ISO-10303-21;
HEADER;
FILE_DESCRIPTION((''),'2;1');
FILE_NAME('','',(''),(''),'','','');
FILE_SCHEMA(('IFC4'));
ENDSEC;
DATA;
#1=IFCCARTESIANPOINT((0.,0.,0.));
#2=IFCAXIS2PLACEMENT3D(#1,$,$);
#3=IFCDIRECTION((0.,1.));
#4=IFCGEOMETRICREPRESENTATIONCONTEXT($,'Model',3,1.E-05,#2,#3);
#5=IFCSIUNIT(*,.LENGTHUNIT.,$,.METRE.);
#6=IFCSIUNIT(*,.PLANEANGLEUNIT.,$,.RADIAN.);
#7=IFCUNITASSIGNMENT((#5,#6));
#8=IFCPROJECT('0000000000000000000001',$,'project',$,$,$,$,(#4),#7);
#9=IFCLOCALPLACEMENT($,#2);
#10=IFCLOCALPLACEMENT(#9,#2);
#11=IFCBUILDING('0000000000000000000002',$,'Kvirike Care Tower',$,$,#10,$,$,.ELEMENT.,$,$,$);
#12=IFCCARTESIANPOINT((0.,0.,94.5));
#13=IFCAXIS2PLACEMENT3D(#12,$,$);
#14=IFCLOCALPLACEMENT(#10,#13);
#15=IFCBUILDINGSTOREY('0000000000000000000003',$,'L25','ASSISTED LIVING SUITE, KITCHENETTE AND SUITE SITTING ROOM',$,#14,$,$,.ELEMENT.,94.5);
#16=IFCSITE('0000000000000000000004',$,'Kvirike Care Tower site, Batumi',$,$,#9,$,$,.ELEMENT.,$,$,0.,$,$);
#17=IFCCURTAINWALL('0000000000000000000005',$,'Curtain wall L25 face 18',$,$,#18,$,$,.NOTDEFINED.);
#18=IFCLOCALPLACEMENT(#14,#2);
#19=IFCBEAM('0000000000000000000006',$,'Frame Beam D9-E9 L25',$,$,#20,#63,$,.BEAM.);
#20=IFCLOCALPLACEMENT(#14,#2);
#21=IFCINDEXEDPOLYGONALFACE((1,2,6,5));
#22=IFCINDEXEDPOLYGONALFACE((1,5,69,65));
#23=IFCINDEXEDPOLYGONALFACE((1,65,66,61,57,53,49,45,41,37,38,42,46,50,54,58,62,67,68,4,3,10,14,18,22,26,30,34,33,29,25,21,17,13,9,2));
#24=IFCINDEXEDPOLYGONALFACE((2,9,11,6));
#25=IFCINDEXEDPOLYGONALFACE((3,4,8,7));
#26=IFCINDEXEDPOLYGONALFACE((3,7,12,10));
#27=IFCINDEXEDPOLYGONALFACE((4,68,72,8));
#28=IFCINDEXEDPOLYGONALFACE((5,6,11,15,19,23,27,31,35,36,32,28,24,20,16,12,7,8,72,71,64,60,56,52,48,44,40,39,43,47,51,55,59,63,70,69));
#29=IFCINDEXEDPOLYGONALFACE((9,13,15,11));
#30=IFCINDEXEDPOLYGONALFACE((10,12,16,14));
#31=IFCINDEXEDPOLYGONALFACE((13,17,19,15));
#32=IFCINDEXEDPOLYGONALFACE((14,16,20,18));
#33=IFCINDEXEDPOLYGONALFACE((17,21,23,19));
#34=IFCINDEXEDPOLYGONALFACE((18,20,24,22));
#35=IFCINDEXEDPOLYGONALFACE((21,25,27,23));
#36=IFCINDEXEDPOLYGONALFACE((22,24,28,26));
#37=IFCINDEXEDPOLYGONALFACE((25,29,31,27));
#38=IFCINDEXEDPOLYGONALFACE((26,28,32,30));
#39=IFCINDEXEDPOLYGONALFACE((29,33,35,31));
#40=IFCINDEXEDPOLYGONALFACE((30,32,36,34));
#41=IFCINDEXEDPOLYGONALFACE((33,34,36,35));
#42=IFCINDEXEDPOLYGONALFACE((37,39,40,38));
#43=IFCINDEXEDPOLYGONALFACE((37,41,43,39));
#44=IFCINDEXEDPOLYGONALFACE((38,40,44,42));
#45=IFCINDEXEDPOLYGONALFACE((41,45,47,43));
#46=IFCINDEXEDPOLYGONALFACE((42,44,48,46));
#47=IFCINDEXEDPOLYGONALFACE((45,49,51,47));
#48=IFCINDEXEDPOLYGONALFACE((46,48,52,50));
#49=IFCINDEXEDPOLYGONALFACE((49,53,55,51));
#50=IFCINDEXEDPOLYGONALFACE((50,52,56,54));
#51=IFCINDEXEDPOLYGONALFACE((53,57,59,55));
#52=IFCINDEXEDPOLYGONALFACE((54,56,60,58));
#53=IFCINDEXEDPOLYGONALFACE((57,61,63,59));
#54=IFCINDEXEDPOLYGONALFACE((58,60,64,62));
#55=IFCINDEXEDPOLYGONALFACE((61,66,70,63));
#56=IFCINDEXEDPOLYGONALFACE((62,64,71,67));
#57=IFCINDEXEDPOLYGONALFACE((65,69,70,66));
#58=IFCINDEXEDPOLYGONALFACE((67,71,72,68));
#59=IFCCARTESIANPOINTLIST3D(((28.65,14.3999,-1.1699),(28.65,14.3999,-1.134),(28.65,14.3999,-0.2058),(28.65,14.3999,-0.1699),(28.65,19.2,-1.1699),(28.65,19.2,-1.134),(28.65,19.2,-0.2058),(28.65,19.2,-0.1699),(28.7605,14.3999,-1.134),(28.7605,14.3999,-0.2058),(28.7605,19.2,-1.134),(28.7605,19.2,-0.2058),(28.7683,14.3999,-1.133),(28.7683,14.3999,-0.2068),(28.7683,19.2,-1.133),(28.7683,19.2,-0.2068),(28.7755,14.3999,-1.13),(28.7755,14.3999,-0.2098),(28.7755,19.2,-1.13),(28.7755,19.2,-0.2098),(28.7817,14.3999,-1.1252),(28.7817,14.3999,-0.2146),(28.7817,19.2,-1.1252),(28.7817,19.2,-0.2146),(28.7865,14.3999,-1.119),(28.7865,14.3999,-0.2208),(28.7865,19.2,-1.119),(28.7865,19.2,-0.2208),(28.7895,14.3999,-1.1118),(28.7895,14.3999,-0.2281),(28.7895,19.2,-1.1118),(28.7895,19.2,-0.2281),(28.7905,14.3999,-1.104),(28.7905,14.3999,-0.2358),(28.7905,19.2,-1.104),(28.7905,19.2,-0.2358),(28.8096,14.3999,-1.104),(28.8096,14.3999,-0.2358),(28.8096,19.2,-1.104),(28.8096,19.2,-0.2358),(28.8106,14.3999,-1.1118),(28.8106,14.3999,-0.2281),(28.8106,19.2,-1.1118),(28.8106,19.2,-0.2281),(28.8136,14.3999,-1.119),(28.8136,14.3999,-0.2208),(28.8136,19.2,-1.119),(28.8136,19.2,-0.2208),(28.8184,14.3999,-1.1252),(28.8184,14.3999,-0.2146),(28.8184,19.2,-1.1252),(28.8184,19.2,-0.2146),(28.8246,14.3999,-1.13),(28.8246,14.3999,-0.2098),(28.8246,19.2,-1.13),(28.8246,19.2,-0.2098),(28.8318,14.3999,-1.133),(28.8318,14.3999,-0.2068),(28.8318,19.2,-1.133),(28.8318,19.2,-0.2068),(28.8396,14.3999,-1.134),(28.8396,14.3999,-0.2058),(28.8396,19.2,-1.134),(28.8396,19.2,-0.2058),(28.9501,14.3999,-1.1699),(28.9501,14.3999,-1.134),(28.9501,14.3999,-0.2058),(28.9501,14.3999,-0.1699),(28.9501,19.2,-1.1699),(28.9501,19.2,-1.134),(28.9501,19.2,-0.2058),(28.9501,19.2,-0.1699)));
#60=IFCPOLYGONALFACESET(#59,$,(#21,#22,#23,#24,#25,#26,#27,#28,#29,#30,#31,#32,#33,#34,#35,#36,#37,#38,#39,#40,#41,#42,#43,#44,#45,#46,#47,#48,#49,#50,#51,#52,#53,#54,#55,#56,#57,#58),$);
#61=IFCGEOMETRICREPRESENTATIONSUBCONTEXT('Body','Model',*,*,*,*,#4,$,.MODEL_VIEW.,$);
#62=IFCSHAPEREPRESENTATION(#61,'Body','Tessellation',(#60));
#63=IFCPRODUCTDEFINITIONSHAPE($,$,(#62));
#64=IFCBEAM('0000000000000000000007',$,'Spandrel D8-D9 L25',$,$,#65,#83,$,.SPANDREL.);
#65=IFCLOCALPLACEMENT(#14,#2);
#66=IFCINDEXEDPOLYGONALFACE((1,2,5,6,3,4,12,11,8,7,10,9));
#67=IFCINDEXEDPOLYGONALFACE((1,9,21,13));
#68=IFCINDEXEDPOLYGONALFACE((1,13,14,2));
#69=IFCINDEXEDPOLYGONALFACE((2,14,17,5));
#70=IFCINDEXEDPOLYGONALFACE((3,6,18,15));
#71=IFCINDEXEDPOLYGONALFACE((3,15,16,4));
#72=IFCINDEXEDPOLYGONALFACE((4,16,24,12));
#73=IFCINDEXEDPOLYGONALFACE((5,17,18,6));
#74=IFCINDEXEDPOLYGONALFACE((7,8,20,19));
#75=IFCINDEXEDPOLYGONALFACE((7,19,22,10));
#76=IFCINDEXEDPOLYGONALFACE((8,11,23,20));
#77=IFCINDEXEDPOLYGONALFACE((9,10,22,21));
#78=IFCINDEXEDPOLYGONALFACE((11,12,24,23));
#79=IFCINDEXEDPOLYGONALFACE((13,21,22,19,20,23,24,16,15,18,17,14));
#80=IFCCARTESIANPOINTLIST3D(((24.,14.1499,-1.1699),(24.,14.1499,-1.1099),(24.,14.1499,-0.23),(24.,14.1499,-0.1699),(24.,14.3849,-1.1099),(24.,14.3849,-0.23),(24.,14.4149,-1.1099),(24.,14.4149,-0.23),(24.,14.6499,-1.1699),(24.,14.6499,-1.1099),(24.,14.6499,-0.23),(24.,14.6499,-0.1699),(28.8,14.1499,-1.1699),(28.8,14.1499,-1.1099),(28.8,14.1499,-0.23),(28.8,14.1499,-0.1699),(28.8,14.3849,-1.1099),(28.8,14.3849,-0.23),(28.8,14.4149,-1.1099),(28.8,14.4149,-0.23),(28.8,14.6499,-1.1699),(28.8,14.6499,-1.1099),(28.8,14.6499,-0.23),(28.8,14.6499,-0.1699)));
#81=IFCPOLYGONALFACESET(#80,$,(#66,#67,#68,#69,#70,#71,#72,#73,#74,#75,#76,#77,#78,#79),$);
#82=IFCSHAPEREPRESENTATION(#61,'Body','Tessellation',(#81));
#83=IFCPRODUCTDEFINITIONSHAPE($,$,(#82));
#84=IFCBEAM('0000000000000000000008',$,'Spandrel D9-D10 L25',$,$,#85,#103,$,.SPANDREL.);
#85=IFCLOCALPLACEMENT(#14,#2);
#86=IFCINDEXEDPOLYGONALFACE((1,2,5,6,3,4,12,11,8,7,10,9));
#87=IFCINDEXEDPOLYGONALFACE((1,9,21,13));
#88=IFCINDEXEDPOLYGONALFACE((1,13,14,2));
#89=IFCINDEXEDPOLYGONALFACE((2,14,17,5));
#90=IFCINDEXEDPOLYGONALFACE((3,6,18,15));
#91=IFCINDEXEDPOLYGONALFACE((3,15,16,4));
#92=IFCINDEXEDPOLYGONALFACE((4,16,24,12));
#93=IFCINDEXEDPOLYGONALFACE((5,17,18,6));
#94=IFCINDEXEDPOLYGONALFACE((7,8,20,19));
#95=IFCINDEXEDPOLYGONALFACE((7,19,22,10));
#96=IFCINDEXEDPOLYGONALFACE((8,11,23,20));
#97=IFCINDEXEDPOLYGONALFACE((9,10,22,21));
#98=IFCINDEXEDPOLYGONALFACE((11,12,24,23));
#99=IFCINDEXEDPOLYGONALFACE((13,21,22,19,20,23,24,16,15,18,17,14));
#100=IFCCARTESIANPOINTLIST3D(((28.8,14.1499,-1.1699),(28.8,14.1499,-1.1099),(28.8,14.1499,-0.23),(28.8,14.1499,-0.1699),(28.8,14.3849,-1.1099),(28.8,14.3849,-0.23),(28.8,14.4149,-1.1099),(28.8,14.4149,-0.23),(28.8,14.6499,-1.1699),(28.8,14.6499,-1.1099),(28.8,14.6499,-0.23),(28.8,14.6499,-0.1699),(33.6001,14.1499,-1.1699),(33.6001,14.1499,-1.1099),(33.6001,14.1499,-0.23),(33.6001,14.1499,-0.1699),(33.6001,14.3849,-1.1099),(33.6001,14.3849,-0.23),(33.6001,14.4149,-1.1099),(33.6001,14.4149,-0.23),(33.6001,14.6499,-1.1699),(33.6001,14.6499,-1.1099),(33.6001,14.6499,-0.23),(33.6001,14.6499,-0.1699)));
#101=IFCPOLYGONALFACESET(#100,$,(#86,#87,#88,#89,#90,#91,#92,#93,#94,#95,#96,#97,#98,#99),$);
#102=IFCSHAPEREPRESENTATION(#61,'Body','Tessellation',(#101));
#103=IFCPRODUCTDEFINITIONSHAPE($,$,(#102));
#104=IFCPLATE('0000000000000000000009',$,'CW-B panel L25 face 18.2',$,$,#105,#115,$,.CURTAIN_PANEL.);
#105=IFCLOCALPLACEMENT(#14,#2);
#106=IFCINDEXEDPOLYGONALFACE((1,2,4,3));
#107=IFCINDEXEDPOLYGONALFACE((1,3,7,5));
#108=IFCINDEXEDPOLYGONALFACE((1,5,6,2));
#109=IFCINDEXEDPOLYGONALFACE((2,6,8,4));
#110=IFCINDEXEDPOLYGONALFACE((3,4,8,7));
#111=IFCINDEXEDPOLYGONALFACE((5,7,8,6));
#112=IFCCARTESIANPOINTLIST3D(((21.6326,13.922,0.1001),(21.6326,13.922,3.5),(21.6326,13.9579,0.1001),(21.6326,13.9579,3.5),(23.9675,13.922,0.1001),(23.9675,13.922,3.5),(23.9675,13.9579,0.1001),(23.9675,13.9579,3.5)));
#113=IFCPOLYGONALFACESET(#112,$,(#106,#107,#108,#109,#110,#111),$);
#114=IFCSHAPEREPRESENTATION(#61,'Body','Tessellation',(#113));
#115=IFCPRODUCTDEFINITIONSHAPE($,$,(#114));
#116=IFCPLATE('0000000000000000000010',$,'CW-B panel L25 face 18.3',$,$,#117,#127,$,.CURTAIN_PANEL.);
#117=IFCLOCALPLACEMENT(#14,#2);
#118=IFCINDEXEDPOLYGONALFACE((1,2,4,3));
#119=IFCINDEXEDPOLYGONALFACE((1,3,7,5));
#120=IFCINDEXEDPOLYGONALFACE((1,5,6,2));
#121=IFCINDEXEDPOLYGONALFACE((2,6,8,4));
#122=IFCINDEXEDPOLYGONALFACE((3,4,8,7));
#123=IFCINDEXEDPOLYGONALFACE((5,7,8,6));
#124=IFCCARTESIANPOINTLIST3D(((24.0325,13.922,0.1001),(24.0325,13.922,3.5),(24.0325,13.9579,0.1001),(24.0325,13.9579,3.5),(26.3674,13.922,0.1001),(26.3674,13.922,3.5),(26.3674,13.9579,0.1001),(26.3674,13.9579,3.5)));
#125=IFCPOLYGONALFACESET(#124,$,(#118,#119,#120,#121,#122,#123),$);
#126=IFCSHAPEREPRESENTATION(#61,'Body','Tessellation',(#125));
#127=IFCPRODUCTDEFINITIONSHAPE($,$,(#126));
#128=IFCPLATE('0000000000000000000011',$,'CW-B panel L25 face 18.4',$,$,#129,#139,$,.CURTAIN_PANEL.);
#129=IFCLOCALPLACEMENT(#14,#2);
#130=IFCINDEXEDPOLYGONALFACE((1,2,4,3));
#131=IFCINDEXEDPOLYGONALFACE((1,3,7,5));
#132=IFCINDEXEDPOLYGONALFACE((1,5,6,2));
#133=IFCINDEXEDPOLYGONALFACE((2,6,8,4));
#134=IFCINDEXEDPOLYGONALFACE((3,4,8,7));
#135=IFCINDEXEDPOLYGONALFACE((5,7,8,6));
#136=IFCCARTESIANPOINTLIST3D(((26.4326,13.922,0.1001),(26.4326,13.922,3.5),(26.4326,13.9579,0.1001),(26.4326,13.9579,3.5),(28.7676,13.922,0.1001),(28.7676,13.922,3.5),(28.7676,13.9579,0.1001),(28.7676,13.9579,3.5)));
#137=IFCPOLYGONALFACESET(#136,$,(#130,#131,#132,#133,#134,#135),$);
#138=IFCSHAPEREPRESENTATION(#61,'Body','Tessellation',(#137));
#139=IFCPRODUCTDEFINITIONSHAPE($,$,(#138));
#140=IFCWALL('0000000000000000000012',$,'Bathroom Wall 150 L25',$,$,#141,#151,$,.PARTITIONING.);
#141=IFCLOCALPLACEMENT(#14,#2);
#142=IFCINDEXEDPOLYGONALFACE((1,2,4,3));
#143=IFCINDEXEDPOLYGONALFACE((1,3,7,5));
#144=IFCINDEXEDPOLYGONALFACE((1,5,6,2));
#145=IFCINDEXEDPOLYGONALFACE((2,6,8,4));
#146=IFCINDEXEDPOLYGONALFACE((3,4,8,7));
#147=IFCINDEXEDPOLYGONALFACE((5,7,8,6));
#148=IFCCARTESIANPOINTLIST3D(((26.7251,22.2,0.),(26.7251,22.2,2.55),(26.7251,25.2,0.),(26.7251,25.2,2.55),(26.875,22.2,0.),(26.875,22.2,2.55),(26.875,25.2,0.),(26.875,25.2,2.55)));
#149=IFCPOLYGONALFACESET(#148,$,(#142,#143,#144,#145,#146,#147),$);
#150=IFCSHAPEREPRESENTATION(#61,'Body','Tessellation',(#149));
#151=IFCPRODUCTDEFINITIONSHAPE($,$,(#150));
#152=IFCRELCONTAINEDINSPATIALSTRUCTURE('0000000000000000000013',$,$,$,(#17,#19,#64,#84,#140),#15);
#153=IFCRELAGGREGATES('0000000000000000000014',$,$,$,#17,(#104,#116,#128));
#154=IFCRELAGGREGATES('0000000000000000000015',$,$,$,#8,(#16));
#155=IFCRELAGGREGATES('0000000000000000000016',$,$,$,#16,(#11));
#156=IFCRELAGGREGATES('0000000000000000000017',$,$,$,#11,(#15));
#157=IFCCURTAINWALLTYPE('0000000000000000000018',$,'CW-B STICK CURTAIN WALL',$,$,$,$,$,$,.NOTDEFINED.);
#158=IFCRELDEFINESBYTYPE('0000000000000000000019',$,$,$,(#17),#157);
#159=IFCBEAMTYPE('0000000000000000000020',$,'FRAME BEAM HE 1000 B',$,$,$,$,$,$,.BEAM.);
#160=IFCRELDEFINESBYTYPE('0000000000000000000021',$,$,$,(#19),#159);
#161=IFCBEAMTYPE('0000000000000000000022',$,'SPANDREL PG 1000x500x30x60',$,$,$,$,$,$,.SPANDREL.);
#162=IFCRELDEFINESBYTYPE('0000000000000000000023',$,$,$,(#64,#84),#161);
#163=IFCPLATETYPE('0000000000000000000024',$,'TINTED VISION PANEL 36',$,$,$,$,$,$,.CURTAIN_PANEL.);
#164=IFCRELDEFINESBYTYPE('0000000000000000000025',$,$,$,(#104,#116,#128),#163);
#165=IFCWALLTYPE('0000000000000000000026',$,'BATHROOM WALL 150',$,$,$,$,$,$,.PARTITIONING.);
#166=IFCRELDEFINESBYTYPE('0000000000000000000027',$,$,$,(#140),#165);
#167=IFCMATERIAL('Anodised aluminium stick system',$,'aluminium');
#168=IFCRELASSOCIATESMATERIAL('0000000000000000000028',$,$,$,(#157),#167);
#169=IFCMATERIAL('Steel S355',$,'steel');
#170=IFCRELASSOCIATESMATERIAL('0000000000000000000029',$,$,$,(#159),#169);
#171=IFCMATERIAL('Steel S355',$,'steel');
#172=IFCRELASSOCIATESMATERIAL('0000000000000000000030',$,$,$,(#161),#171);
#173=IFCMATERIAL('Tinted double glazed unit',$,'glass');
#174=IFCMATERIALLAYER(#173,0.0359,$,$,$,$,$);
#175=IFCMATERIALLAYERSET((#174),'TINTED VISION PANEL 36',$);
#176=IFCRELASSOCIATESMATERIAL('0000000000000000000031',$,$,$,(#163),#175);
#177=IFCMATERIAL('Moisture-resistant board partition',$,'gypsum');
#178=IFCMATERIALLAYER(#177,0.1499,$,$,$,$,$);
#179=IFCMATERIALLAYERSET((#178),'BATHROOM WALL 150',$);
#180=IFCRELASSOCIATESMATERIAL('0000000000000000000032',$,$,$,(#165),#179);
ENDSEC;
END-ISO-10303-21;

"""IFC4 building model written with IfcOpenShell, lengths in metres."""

from ifc_helpers import new_model, si_unit, direction, frame, frame_2d, origin, origin_2d, place, context, subcontext, project, spatial, rectangle, i_section, extrude, material, layer, layer_set, material_profile, profile_set, type_object, element, aggregate, save


model = new_model("IFC4")

# Units and contexts
model_context = context("Model", 3, precision=1e-05, world=origin(), true_north=direction((0.0, 1.0)))
body_context = subcontext(model_context, "Body", "Model", "MODEL_VIEW")
ifc_project = project(units=[si_unit("LENGTHUNIT", "METRE"), si_unit("PLANEANGLEUNIT", "RADIAN")], contexts=[model_context])

# Site, building, storey
site_placement = place(None, origin())
site = spatial("IfcSite", under=ifc_project, at=site_placement, Name="Kvirike Care Tower site, Batumi", CompositionType="ELEMENT", RefElevation=0.0)
building_placement = place(site_placement, origin())
building = spatial("IfcBuilding", under=site, at=building_placement, Name="Kvirike Care Tower", CompositionType="ELEMENT")
storey_placement = place(building_placement, frame((0.0, 0.0, 94.5)))
storey = spatial("IfcBuildingStorey", under=building, at=storey_placement, Name="L25", Description="ASSISTED LIVING SUITE, KITCHENETTE AND SUITE SITTING ROOM", CompositionType="ELEMENT", Elevation=94.5)

# Curtain wall
ifc_material_1 = material(Name="Anodised aluminium stick system", Category="aluminium")
curtain_wall_type = type_object("IfcCurtainWallType", Name="CW-B STICK CURTAIN WALL", PredefinedType="NOTDEFINED", material=ifc_material_1)
curtain_wall_placement = place(storey_placement, origin())
curtain_wall = element("IfcCurtainWall", 1, at=curtain_wall_placement, inside=storey, type_object=curtain_wall_type, Name="Curtain wall L25 face 18", PredefinedType="NOTDEFINED")

# Beams
ifc_material_2 = material(Name="Steel S355", Category="steel")
ifc_material_profile_1 = material_profile(ifc_material_2, i_section(OverallWidth=0.3, OverallDepth=1.0, WebThickness=0.019, FlangeThickness=0.0359, FilletRadius=0.03, at=origin_2d()), Name="HE 1000 B")
ifc_profile_set_1 = profile_set([ifc_material_profile_1], Name="Steel S355")
beam_type_1 = type_object("IfcBeamType", Name="FRAME BEAM HE 1000 B", PredefinedType="BEAM", material=ifc_profile_set_1)
beam_placement = place(storey_placement, frame((28.8, 14.3999, -0.6699), z_axis=(0.0, 1.0, 0.0), x_axis=(-1.0, 0.0, 0.0)))
element("IfcBeam", 2, at=beam_placement, inside=storey, type_object=beam_type_1, Name="Frame Beam D9-E9 L25", PredefinedType="BEAM", context=body_context, shape_type="SweptSolid", body=[
    extrude(i_section(OverallWidth=0.3, OverallDepth=1.0, WebThickness=0.019, FlangeThickness=0.0359, FilletRadius=0.03, at=origin_2d()), origin(), (0.0, 0.0, 1.0), 4.8),
])
ifc_material_3 = material(Name="Steel S355", Category="steel")
ifc_material_profile_2 = material_profile(ifc_material_3, i_section(OverallWidth=0.5, OverallDepth=1.0, WebThickness=0.03, FlangeThickness=0.0601, at=origin_2d()), Name="PG 1000x500x30x60")
ifc_profile_set_2 = profile_set([ifc_material_profile_2], Name="Steel S355")
beam_type_2 = type_object("IfcBeamType", Name="SPANDREL PG 1000x500x30x60", PredefinedType="SPANDREL", material=ifc_profile_set_2)
for number, where, z_axis, x_axis, name in (
    (3, (24.0, 14.3999, -0.6699), (1.0, 0.0, 0.0), (0.0, 1.0, 0.0), "Spandrel D8-D9 L25"),
    (4, (28.8, 14.3999, -0.6699), (1.0, 0.0, 0.0), (0.0, 1.0, 0.0), "Spandrel D9-D10 L25"),
):
    element("IfcBeam", number, at=place(storey_placement, frame(where, z_axis=z_axis, x_axis=x_axis)), inside=storey, type_object=beam_type_2, Name=name, PredefinedType="SPANDREL", context=body_context, shape_type="SweptSolid", body=[
        extrude(i_section(OverallWidth=0.5, OverallDepth=1.0, WebThickness=0.03, FlangeThickness=0.0601, at=origin_2d()), origin(), (0.0, 0.0, 1.0), 4.8),
    ])

# Plates
ifc_material_4 = material(Name="Tinted double glazed unit", Category="glass")
ifc_layer_1 = layer(ifc_material_4, 0.0359)
ifc_layer_set_1 = layer_set([ifc_layer_1], Name="TINTED VISION PANEL 36")
plate_type = type_object("IfcPlateType", Name="TINTED VISION PANEL 36", PredefinedType="CURTAIN_PANEL", material=ifc_layer_set_1)
plate_1_placement = place(storey_placement, frame((22.8, 13.9399, 0.1001), z_axis=(0.0, 0.0, 1.0), x_axis=(1.0, 0.0, 0.0)))
plate_1 = element("IfcPlate", 5, at=plate_1_placement, type_object=plate_type, Name="CW-B panel L25 face 18.2", PredefinedType="CURTAIN_PANEL", context=body_context, shape_type="SweptSolid", body=[
    extrude(rectangle(XDim=2.335, YDim=0.0359, at=origin_2d()), origin(), (0.0, 0.0, 1.0), 3.3999),
])
plate_2_placement = place(storey_placement, frame((25.2, 13.9399, 0.1001), z_axis=(0.0, 0.0, 1.0), x_axis=(1.0, 0.0, 0.0)))
plate_2 = element("IfcPlate", 6, at=plate_2_placement, type_object=plate_type, Name="CW-B panel L25 face 18.3", PredefinedType="CURTAIN_PANEL", context=body_context, shape_type="SweptSolid", body=[
    extrude(rectangle(XDim=2.335, YDim=0.0359, at=origin_2d()), origin(), (0.0, 0.0, 1.0), 3.3999),
])
plate_3_placement = place(storey_placement, frame((27.6001, 13.9399, 0.1001), z_axis=(0.0, 0.0, 1.0), x_axis=(1.0, 0.0, 0.0)))
plate_3 = element("IfcPlate", 7, at=plate_3_placement, type_object=plate_type, Name="CW-B panel L25 face 18.4", PredefinedType="CURTAIN_PANEL", context=body_context, shape_type="SweptSolid", body=[
    extrude(rectangle(XDim=2.335, YDim=0.0359, at=origin_2d()), origin(), (0.0, 0.0, 1.0), 3.3999),
])
aggregate(curtain_wall, [plate_1, plate_2, plate_3])

# Wall
ifc_material_5 = material(Name="Moisture-resistant board partition", Category="gypsum")
ifc_layer_2 = layer(ifc_material_5, 0.1499)
ifc_layer_set_2 = layer_set([ifc_layer_2], Name="BATHROOM WALL 150")
wall_type_1 = type_object("IfcWallType", Name="BATHROOM WALL 150", PredefinedType="PARTITIONING", material=ifc_layer_set_2)
wall_1_placement = place(storey_placement, frame((26.8, 22.2, 0.0), z_axis=(0.0, 0.0, 1.0), x_axis=(0.0, 1.0, 0.0)))
element("IfcWall", 8, at=wall_1_placement, inside=storey, type_object=wall_type_1, Name="Bathroom Wall 150 L25", PredefinedType="PARTITIONING", context=body_context, shape_type="SweptSolid", body=[
    extrude(rectangle(XDim=3.0, YDim=0.1499, at=frame_2d((1.5, 0.0))), origin(), (0.0, 0.0, 1.0), 2.55),
])

save(model, "model.ifc")
